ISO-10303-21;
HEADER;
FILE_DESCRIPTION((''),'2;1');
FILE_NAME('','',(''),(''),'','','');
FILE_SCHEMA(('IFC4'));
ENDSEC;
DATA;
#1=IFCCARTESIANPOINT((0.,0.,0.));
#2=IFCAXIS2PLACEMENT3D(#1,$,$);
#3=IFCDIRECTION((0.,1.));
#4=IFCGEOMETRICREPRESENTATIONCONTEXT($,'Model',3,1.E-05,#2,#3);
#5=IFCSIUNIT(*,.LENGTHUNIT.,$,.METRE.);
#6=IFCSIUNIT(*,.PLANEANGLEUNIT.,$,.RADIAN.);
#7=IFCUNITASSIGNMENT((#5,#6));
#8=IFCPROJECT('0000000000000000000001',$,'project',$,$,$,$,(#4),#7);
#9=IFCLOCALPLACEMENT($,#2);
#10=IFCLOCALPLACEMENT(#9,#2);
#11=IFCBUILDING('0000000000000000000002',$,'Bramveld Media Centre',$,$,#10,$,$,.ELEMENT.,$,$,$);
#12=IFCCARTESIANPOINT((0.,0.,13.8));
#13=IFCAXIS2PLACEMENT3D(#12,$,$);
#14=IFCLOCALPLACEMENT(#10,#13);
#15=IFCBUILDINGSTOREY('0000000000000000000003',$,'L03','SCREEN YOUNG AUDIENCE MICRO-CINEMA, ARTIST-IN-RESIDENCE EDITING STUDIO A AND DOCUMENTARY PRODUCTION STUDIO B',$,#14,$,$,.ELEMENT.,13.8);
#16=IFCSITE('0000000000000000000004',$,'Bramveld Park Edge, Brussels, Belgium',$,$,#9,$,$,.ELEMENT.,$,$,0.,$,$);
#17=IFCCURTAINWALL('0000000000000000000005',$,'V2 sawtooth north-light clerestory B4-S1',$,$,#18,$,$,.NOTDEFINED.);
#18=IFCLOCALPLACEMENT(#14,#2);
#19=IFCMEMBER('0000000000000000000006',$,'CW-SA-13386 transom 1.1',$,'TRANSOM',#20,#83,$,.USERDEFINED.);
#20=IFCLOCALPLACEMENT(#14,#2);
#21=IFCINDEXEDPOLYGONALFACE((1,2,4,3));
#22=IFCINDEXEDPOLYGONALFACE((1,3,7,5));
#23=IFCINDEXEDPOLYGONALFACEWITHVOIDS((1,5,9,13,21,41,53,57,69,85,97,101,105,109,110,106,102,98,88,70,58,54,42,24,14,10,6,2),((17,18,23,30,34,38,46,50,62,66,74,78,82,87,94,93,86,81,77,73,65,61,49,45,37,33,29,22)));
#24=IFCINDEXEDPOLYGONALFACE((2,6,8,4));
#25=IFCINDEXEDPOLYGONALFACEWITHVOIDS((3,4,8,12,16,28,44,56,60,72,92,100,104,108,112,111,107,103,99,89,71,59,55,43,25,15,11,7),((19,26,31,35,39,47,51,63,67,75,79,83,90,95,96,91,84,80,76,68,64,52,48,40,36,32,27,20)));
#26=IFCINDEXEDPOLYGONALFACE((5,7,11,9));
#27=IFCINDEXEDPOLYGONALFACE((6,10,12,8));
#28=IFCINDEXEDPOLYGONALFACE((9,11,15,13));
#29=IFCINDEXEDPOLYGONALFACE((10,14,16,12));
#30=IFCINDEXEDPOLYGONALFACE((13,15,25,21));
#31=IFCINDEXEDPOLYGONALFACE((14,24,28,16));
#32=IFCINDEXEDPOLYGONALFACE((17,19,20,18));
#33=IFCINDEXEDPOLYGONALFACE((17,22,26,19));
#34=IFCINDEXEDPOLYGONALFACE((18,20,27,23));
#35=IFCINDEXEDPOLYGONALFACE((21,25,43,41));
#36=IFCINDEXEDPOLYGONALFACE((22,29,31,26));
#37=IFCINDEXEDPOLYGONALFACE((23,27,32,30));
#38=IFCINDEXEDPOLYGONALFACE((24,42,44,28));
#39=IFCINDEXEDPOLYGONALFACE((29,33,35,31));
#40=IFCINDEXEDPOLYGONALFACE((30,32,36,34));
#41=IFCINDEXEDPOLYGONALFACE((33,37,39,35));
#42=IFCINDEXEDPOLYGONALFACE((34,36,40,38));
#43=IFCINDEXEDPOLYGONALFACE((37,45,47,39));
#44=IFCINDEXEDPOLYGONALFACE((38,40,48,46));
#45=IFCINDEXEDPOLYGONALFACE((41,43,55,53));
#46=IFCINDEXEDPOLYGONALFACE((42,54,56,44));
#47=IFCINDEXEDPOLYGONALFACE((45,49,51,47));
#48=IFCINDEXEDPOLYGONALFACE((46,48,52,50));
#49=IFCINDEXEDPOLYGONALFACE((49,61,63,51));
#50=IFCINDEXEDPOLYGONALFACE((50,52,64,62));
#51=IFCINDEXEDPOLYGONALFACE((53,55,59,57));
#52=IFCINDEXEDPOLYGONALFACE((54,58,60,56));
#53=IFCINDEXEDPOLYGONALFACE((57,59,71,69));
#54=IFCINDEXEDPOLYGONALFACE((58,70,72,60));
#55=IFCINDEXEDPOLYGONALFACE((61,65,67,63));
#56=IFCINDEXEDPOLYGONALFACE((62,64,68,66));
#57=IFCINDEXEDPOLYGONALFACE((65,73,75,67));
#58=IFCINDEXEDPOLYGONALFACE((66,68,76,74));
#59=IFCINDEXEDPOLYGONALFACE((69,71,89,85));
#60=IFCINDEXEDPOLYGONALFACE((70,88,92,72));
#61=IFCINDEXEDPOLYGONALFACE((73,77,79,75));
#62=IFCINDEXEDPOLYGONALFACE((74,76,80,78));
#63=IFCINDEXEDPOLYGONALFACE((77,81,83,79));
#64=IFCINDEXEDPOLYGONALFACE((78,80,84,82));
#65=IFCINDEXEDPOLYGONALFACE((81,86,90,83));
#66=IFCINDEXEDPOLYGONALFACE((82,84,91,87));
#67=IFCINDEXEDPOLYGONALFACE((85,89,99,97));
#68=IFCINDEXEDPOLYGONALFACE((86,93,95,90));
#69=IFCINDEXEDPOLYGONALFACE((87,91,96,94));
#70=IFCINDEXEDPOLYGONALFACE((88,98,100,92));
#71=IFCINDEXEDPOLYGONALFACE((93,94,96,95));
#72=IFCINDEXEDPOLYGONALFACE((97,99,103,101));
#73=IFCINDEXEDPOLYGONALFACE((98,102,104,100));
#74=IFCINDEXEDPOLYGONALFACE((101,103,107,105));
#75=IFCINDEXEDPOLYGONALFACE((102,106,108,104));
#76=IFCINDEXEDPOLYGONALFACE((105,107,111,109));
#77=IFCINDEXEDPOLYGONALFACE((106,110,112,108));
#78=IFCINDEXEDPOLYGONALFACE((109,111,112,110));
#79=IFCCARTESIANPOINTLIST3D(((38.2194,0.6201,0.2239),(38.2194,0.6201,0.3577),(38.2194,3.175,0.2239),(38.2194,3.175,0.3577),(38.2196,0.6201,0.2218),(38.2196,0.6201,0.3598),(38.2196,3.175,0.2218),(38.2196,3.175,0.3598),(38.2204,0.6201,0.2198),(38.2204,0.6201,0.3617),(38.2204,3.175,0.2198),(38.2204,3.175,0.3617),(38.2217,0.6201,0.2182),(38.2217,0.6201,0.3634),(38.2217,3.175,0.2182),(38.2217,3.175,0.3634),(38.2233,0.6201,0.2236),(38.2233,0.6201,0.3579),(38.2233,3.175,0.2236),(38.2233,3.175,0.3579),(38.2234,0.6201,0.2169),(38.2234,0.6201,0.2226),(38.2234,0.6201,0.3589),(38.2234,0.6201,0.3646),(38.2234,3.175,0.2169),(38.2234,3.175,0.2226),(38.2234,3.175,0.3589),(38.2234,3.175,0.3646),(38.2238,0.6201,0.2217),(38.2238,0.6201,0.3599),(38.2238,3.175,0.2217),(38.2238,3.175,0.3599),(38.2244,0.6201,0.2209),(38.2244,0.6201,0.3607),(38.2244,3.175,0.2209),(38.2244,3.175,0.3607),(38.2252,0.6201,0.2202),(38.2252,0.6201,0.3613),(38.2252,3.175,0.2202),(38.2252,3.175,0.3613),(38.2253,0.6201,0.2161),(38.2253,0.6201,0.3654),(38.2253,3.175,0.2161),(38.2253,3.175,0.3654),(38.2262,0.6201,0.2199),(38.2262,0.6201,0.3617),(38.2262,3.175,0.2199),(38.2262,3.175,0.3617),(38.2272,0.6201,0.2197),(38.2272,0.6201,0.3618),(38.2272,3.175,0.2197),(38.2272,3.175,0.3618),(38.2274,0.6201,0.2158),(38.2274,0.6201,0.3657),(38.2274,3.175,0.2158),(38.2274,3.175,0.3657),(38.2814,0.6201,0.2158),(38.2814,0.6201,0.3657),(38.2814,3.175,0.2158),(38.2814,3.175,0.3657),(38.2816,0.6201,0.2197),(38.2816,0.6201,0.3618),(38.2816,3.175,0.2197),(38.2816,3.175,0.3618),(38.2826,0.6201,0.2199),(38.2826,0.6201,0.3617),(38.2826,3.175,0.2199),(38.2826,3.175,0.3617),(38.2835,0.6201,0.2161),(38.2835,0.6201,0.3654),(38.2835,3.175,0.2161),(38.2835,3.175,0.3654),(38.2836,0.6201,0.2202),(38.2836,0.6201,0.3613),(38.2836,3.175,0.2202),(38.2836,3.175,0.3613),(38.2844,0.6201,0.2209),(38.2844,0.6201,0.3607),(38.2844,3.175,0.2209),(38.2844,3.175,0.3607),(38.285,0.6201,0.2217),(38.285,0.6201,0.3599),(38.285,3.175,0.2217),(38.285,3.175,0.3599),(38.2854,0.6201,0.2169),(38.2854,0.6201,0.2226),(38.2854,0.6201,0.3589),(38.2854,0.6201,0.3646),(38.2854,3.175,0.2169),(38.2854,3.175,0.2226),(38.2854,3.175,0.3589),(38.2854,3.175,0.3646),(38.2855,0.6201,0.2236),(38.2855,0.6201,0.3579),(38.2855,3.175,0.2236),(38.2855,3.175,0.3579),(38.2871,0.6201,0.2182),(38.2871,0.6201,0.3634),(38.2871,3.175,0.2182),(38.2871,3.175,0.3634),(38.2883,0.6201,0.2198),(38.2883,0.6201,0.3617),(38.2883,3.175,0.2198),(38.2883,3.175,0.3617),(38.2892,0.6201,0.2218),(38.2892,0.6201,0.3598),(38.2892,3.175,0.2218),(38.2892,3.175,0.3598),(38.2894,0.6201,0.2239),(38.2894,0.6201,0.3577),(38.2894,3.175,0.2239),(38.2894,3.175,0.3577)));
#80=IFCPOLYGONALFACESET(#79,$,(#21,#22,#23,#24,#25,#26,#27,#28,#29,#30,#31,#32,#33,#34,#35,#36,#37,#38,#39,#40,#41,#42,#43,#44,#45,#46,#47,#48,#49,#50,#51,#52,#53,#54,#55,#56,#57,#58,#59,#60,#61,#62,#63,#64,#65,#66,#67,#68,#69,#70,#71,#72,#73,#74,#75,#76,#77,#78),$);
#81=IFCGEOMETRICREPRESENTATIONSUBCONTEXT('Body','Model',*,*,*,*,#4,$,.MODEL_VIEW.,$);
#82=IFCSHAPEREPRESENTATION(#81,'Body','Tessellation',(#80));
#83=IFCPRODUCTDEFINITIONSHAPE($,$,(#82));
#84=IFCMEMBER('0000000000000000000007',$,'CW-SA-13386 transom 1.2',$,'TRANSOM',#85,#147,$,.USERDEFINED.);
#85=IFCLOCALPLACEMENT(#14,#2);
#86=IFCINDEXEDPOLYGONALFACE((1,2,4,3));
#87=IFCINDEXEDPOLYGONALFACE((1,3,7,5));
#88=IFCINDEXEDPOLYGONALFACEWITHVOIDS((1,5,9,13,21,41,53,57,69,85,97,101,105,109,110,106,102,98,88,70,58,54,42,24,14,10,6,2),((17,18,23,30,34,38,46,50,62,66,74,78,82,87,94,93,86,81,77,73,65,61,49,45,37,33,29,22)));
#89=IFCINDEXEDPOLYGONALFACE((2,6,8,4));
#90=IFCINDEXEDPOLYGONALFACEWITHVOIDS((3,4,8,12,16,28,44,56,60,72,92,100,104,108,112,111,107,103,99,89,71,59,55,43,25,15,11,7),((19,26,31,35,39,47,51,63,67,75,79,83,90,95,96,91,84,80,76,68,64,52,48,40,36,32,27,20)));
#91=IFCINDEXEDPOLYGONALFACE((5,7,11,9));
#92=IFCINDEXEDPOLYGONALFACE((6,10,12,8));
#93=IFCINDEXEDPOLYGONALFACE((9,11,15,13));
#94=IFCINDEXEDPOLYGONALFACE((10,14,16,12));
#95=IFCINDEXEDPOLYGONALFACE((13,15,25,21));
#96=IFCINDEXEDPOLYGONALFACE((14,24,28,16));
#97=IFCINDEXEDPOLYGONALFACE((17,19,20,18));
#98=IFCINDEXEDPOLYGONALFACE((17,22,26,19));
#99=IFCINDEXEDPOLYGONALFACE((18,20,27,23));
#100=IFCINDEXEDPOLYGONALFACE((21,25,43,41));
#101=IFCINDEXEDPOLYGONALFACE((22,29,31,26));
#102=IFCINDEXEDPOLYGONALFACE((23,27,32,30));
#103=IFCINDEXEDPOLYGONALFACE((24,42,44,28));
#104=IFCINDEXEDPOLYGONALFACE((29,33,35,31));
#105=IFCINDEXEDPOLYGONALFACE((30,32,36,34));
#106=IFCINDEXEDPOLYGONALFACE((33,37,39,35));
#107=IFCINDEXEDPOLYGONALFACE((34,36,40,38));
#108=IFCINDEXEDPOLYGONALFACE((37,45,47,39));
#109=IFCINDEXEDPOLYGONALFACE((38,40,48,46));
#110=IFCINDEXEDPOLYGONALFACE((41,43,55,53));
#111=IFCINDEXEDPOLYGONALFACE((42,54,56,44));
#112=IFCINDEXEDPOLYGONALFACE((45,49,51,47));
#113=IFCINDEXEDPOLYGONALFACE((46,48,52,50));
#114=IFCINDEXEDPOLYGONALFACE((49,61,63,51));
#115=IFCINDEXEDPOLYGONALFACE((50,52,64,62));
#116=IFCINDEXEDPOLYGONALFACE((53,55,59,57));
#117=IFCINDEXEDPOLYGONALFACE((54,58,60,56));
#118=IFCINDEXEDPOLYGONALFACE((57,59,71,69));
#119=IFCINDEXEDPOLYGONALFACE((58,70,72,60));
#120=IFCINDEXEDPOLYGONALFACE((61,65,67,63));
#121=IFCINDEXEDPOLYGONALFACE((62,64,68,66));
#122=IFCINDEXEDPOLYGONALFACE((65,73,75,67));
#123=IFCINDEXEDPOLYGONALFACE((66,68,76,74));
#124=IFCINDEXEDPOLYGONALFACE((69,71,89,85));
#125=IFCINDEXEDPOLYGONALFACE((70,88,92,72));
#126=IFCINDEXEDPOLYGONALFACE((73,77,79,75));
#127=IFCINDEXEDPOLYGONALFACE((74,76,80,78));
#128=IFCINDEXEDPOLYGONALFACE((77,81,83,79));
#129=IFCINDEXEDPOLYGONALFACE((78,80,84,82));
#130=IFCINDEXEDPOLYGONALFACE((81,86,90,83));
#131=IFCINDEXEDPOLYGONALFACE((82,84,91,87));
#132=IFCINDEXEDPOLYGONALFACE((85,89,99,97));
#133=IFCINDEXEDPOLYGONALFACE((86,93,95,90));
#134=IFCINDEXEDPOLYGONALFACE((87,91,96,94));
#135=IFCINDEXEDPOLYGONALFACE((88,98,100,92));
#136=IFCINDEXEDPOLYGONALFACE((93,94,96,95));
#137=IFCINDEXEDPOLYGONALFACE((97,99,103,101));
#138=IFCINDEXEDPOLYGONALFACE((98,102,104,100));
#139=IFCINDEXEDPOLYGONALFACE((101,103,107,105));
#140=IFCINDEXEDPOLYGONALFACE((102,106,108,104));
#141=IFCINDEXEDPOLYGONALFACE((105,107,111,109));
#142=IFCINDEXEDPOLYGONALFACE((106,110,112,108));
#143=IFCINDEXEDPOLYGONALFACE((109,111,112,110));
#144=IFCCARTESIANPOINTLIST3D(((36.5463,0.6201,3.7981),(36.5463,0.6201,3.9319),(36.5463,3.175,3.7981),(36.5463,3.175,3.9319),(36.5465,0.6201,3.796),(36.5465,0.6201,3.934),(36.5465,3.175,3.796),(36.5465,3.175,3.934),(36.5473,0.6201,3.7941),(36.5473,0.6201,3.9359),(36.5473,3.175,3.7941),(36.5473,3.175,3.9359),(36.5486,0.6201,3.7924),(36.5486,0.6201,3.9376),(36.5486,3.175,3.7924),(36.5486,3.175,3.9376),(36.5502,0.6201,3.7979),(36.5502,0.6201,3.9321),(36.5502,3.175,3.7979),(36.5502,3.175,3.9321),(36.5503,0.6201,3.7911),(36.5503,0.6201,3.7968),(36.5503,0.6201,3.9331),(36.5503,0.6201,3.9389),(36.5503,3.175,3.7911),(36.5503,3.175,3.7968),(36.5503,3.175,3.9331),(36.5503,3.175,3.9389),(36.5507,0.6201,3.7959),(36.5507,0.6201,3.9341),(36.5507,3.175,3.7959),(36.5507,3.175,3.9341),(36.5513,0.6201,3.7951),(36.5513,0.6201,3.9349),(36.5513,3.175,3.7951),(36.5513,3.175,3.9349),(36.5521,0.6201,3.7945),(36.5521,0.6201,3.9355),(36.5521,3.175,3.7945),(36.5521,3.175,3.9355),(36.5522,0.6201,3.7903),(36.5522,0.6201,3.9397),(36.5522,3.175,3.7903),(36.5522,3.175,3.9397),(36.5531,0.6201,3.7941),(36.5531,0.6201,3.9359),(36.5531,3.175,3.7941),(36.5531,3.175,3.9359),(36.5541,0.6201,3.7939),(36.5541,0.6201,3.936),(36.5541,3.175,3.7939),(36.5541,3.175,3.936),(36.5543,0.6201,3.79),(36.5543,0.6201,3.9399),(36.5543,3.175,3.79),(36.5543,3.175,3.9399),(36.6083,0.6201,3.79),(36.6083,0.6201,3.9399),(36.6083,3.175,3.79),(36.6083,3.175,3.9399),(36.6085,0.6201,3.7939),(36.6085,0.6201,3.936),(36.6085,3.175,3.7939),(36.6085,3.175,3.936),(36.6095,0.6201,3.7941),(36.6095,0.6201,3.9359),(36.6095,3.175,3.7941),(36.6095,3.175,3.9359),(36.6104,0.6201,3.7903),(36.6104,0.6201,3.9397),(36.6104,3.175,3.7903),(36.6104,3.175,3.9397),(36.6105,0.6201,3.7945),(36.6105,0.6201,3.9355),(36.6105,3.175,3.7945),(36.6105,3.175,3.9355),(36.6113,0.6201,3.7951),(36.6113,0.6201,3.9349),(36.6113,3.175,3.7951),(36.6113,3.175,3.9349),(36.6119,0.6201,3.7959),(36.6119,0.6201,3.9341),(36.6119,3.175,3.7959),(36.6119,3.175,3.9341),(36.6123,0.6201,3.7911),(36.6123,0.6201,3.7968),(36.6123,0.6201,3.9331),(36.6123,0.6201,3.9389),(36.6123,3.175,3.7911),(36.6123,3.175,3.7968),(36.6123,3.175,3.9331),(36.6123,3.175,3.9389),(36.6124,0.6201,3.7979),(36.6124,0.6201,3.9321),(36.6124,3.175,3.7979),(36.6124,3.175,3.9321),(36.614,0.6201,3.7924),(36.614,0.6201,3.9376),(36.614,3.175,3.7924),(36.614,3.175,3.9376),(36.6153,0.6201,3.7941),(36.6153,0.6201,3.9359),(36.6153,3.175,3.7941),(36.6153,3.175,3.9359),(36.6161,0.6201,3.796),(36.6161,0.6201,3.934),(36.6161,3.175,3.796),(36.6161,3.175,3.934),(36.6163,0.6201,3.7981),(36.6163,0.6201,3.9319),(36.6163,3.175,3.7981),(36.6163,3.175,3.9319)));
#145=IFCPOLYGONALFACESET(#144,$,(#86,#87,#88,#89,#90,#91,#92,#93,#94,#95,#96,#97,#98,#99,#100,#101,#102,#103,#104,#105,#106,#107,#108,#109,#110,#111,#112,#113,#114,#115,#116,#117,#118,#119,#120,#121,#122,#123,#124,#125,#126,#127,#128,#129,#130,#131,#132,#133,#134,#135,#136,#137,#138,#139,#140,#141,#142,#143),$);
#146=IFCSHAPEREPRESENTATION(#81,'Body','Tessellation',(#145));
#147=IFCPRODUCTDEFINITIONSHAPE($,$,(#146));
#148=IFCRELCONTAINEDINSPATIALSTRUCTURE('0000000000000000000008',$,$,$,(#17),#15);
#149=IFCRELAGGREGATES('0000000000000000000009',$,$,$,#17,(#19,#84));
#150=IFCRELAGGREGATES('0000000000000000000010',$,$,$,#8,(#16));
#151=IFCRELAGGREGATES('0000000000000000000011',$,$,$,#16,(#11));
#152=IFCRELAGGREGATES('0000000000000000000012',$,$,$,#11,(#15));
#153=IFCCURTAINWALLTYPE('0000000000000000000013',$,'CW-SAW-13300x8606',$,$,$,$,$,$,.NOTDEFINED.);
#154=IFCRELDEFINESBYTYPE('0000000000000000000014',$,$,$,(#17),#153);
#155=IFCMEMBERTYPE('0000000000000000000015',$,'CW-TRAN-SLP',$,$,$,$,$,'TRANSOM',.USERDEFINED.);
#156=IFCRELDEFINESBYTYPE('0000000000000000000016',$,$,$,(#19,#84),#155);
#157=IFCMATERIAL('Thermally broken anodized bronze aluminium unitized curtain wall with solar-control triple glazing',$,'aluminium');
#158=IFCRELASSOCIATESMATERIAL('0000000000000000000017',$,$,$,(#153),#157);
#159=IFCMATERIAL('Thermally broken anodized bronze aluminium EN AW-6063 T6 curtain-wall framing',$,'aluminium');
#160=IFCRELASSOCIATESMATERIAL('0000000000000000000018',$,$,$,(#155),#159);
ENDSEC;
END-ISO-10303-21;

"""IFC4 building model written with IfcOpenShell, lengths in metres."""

from ifc_helpers import new_model, si_unit, direction, frame, origin, origin_2d, place, context, subcontext, project, spatial, hollow_rectangle, extrude, material, material_profile, profile_set, type_object, element, aggregate, save


model = new_model("IFC4")

# Units and contexts
model_context = context("Model", 3, precision=1e-05, world=origin(), true_north=direction((0.0, 1.0)))
body_context = subcontext(model_context, "Body", "Model", "MODEL_VIEW")
ifc_project = project(units=[si_unit("LENGTHUNIT", "METRE"), si_unit("PLANEANGLEUNIT", "RADIAN")], contexts=[model_context])

# Site, building, storey
site_placement = place(None, origin())
site = spatial("IfcSite", under=ifc_project, at=site_placement, Name="Bramveld Park Edge, Brussels, Belgium", CompositionType="ELEMENT", RefElevation=0.0)
building_placement = place(site_placement, origin())
building = spatial("IfcBuilding", under=site, at=building_placement, Name="Bramveld Media Centre", CompositionType="ELEMENT")
storey_placement = place(building_placement, frame((0.0, 0.0, 13.8)))
storey = spatial("IfcBuildingStorey", under=building, at=storey_placement, Name="L03", Description="SCREEN YOUNG AUDIENCE MICRO-CINEMA, ARTIST-IN-RESIDENCE EDITING STUDIO A AND DOCUMENTARY PRODUCTION STUDIO B", CompositionType="ELEMENT", Elevation=13.8)

# Curtain wall, members
ifc_material_1 = material(Name="Thermally broken anodized bronze aluminium unitized curtain wall with solar-control triple glazing", Category="aluminium")
curtain_wall_type = type_object("IfcCurtainWallType", Name="CW-SAW-13300x8606", PredefinedType="NOTDEFINED", material=ifc_material_1)
curtain_wall_placement = place(storey_placement, origin())
curtain_wall = element("IfcCurtainWall", 1, at=curtain_wall_placement, inside=storey, type_object=curtain_wall_type, Name="V2 sawtooth north-light clerestory B4-S1", PredefinedType="NOTDEFINED")
ifc_material_2 = material(Name="Thermally broken anodized bronze aluminium EN AW-6063 T6 curtain-wall framing", Category="aluminium")
ifc_material_profile_1 = material_profile(ifc_material_2, hollow_rectangle(XDim=0.0701, YDim=0.1499, WallThickness=0.0039, InnerFilletRadius=0.0039, OuterFilletRadius=0.0081, at=origin_2d()), Name="AL-TRAN 70x150")
ifc_profile_set_1 = profile_set([ifc_material_profile_1], Name="Thermally broken anodized bronze aluminium EN AW-6063 T6 curtain-wall framing")
member_type_1 = type_object("IfcMemberType", Name="CW-TRAN-SLP", ElementType="TRANSOM", PredefinedType="USERDEFINED", material=ifc_profile_set_1)
member_1_placement = place(storey_placement, frame((38.2544, 0.6201, 0.2908), z_axis=(0.0, 1.0, 0.0), x_axis=(-1.0, 0.0, 0.0)))
member_1 = element("IfcMember", 2, at=member_1_placement, type_object=member_type_1, Name="CW-SA-13386 transom 1.1", ObjectType="TRANSOM", PredefinedType="USERDEFINED", context=body_context, shape_type="SweptSolid", body=[
    extrude(hollow_rectangle(XDim=0.0701, YDim=0.1499, WallThickness=0.0039, InnerFilletRadius=0.0039, OuterFilletRadius=0.0081, at=origin_2d()), origin(), (0.0, 0.0, 1.0), 2.5549),
])
member_2_placement = place(storey_placement, frame((36.5813, 0.6201, 3.865), z_axis=(0.0, 1.0, 0.0), x_axis=(-1.0, 0.0, 0.0)))
member_2 = element("IfcMember", 3, at=member_2_placement, type_object=member_type_1, Name="CW-SA-13386 transom 1.2", ObjectType="TRANSOM", PredefinedType="USERDEFINED", context=body_context, shape_type="SweptSolid", body=[
    extrude(hollow_rectangle(XDim=0.0701, YDim=0.1499, WallThickness=0.0039, InnerFilletRadius=0.0039, OuterFilletRadius=0.0081, at=origin_2d()), origin(), (0.0, 0.0, 1.0), 2.5549),
])

aggregate(curtain_wall, [member_1, member_2])

save(model, "model.ifc")
